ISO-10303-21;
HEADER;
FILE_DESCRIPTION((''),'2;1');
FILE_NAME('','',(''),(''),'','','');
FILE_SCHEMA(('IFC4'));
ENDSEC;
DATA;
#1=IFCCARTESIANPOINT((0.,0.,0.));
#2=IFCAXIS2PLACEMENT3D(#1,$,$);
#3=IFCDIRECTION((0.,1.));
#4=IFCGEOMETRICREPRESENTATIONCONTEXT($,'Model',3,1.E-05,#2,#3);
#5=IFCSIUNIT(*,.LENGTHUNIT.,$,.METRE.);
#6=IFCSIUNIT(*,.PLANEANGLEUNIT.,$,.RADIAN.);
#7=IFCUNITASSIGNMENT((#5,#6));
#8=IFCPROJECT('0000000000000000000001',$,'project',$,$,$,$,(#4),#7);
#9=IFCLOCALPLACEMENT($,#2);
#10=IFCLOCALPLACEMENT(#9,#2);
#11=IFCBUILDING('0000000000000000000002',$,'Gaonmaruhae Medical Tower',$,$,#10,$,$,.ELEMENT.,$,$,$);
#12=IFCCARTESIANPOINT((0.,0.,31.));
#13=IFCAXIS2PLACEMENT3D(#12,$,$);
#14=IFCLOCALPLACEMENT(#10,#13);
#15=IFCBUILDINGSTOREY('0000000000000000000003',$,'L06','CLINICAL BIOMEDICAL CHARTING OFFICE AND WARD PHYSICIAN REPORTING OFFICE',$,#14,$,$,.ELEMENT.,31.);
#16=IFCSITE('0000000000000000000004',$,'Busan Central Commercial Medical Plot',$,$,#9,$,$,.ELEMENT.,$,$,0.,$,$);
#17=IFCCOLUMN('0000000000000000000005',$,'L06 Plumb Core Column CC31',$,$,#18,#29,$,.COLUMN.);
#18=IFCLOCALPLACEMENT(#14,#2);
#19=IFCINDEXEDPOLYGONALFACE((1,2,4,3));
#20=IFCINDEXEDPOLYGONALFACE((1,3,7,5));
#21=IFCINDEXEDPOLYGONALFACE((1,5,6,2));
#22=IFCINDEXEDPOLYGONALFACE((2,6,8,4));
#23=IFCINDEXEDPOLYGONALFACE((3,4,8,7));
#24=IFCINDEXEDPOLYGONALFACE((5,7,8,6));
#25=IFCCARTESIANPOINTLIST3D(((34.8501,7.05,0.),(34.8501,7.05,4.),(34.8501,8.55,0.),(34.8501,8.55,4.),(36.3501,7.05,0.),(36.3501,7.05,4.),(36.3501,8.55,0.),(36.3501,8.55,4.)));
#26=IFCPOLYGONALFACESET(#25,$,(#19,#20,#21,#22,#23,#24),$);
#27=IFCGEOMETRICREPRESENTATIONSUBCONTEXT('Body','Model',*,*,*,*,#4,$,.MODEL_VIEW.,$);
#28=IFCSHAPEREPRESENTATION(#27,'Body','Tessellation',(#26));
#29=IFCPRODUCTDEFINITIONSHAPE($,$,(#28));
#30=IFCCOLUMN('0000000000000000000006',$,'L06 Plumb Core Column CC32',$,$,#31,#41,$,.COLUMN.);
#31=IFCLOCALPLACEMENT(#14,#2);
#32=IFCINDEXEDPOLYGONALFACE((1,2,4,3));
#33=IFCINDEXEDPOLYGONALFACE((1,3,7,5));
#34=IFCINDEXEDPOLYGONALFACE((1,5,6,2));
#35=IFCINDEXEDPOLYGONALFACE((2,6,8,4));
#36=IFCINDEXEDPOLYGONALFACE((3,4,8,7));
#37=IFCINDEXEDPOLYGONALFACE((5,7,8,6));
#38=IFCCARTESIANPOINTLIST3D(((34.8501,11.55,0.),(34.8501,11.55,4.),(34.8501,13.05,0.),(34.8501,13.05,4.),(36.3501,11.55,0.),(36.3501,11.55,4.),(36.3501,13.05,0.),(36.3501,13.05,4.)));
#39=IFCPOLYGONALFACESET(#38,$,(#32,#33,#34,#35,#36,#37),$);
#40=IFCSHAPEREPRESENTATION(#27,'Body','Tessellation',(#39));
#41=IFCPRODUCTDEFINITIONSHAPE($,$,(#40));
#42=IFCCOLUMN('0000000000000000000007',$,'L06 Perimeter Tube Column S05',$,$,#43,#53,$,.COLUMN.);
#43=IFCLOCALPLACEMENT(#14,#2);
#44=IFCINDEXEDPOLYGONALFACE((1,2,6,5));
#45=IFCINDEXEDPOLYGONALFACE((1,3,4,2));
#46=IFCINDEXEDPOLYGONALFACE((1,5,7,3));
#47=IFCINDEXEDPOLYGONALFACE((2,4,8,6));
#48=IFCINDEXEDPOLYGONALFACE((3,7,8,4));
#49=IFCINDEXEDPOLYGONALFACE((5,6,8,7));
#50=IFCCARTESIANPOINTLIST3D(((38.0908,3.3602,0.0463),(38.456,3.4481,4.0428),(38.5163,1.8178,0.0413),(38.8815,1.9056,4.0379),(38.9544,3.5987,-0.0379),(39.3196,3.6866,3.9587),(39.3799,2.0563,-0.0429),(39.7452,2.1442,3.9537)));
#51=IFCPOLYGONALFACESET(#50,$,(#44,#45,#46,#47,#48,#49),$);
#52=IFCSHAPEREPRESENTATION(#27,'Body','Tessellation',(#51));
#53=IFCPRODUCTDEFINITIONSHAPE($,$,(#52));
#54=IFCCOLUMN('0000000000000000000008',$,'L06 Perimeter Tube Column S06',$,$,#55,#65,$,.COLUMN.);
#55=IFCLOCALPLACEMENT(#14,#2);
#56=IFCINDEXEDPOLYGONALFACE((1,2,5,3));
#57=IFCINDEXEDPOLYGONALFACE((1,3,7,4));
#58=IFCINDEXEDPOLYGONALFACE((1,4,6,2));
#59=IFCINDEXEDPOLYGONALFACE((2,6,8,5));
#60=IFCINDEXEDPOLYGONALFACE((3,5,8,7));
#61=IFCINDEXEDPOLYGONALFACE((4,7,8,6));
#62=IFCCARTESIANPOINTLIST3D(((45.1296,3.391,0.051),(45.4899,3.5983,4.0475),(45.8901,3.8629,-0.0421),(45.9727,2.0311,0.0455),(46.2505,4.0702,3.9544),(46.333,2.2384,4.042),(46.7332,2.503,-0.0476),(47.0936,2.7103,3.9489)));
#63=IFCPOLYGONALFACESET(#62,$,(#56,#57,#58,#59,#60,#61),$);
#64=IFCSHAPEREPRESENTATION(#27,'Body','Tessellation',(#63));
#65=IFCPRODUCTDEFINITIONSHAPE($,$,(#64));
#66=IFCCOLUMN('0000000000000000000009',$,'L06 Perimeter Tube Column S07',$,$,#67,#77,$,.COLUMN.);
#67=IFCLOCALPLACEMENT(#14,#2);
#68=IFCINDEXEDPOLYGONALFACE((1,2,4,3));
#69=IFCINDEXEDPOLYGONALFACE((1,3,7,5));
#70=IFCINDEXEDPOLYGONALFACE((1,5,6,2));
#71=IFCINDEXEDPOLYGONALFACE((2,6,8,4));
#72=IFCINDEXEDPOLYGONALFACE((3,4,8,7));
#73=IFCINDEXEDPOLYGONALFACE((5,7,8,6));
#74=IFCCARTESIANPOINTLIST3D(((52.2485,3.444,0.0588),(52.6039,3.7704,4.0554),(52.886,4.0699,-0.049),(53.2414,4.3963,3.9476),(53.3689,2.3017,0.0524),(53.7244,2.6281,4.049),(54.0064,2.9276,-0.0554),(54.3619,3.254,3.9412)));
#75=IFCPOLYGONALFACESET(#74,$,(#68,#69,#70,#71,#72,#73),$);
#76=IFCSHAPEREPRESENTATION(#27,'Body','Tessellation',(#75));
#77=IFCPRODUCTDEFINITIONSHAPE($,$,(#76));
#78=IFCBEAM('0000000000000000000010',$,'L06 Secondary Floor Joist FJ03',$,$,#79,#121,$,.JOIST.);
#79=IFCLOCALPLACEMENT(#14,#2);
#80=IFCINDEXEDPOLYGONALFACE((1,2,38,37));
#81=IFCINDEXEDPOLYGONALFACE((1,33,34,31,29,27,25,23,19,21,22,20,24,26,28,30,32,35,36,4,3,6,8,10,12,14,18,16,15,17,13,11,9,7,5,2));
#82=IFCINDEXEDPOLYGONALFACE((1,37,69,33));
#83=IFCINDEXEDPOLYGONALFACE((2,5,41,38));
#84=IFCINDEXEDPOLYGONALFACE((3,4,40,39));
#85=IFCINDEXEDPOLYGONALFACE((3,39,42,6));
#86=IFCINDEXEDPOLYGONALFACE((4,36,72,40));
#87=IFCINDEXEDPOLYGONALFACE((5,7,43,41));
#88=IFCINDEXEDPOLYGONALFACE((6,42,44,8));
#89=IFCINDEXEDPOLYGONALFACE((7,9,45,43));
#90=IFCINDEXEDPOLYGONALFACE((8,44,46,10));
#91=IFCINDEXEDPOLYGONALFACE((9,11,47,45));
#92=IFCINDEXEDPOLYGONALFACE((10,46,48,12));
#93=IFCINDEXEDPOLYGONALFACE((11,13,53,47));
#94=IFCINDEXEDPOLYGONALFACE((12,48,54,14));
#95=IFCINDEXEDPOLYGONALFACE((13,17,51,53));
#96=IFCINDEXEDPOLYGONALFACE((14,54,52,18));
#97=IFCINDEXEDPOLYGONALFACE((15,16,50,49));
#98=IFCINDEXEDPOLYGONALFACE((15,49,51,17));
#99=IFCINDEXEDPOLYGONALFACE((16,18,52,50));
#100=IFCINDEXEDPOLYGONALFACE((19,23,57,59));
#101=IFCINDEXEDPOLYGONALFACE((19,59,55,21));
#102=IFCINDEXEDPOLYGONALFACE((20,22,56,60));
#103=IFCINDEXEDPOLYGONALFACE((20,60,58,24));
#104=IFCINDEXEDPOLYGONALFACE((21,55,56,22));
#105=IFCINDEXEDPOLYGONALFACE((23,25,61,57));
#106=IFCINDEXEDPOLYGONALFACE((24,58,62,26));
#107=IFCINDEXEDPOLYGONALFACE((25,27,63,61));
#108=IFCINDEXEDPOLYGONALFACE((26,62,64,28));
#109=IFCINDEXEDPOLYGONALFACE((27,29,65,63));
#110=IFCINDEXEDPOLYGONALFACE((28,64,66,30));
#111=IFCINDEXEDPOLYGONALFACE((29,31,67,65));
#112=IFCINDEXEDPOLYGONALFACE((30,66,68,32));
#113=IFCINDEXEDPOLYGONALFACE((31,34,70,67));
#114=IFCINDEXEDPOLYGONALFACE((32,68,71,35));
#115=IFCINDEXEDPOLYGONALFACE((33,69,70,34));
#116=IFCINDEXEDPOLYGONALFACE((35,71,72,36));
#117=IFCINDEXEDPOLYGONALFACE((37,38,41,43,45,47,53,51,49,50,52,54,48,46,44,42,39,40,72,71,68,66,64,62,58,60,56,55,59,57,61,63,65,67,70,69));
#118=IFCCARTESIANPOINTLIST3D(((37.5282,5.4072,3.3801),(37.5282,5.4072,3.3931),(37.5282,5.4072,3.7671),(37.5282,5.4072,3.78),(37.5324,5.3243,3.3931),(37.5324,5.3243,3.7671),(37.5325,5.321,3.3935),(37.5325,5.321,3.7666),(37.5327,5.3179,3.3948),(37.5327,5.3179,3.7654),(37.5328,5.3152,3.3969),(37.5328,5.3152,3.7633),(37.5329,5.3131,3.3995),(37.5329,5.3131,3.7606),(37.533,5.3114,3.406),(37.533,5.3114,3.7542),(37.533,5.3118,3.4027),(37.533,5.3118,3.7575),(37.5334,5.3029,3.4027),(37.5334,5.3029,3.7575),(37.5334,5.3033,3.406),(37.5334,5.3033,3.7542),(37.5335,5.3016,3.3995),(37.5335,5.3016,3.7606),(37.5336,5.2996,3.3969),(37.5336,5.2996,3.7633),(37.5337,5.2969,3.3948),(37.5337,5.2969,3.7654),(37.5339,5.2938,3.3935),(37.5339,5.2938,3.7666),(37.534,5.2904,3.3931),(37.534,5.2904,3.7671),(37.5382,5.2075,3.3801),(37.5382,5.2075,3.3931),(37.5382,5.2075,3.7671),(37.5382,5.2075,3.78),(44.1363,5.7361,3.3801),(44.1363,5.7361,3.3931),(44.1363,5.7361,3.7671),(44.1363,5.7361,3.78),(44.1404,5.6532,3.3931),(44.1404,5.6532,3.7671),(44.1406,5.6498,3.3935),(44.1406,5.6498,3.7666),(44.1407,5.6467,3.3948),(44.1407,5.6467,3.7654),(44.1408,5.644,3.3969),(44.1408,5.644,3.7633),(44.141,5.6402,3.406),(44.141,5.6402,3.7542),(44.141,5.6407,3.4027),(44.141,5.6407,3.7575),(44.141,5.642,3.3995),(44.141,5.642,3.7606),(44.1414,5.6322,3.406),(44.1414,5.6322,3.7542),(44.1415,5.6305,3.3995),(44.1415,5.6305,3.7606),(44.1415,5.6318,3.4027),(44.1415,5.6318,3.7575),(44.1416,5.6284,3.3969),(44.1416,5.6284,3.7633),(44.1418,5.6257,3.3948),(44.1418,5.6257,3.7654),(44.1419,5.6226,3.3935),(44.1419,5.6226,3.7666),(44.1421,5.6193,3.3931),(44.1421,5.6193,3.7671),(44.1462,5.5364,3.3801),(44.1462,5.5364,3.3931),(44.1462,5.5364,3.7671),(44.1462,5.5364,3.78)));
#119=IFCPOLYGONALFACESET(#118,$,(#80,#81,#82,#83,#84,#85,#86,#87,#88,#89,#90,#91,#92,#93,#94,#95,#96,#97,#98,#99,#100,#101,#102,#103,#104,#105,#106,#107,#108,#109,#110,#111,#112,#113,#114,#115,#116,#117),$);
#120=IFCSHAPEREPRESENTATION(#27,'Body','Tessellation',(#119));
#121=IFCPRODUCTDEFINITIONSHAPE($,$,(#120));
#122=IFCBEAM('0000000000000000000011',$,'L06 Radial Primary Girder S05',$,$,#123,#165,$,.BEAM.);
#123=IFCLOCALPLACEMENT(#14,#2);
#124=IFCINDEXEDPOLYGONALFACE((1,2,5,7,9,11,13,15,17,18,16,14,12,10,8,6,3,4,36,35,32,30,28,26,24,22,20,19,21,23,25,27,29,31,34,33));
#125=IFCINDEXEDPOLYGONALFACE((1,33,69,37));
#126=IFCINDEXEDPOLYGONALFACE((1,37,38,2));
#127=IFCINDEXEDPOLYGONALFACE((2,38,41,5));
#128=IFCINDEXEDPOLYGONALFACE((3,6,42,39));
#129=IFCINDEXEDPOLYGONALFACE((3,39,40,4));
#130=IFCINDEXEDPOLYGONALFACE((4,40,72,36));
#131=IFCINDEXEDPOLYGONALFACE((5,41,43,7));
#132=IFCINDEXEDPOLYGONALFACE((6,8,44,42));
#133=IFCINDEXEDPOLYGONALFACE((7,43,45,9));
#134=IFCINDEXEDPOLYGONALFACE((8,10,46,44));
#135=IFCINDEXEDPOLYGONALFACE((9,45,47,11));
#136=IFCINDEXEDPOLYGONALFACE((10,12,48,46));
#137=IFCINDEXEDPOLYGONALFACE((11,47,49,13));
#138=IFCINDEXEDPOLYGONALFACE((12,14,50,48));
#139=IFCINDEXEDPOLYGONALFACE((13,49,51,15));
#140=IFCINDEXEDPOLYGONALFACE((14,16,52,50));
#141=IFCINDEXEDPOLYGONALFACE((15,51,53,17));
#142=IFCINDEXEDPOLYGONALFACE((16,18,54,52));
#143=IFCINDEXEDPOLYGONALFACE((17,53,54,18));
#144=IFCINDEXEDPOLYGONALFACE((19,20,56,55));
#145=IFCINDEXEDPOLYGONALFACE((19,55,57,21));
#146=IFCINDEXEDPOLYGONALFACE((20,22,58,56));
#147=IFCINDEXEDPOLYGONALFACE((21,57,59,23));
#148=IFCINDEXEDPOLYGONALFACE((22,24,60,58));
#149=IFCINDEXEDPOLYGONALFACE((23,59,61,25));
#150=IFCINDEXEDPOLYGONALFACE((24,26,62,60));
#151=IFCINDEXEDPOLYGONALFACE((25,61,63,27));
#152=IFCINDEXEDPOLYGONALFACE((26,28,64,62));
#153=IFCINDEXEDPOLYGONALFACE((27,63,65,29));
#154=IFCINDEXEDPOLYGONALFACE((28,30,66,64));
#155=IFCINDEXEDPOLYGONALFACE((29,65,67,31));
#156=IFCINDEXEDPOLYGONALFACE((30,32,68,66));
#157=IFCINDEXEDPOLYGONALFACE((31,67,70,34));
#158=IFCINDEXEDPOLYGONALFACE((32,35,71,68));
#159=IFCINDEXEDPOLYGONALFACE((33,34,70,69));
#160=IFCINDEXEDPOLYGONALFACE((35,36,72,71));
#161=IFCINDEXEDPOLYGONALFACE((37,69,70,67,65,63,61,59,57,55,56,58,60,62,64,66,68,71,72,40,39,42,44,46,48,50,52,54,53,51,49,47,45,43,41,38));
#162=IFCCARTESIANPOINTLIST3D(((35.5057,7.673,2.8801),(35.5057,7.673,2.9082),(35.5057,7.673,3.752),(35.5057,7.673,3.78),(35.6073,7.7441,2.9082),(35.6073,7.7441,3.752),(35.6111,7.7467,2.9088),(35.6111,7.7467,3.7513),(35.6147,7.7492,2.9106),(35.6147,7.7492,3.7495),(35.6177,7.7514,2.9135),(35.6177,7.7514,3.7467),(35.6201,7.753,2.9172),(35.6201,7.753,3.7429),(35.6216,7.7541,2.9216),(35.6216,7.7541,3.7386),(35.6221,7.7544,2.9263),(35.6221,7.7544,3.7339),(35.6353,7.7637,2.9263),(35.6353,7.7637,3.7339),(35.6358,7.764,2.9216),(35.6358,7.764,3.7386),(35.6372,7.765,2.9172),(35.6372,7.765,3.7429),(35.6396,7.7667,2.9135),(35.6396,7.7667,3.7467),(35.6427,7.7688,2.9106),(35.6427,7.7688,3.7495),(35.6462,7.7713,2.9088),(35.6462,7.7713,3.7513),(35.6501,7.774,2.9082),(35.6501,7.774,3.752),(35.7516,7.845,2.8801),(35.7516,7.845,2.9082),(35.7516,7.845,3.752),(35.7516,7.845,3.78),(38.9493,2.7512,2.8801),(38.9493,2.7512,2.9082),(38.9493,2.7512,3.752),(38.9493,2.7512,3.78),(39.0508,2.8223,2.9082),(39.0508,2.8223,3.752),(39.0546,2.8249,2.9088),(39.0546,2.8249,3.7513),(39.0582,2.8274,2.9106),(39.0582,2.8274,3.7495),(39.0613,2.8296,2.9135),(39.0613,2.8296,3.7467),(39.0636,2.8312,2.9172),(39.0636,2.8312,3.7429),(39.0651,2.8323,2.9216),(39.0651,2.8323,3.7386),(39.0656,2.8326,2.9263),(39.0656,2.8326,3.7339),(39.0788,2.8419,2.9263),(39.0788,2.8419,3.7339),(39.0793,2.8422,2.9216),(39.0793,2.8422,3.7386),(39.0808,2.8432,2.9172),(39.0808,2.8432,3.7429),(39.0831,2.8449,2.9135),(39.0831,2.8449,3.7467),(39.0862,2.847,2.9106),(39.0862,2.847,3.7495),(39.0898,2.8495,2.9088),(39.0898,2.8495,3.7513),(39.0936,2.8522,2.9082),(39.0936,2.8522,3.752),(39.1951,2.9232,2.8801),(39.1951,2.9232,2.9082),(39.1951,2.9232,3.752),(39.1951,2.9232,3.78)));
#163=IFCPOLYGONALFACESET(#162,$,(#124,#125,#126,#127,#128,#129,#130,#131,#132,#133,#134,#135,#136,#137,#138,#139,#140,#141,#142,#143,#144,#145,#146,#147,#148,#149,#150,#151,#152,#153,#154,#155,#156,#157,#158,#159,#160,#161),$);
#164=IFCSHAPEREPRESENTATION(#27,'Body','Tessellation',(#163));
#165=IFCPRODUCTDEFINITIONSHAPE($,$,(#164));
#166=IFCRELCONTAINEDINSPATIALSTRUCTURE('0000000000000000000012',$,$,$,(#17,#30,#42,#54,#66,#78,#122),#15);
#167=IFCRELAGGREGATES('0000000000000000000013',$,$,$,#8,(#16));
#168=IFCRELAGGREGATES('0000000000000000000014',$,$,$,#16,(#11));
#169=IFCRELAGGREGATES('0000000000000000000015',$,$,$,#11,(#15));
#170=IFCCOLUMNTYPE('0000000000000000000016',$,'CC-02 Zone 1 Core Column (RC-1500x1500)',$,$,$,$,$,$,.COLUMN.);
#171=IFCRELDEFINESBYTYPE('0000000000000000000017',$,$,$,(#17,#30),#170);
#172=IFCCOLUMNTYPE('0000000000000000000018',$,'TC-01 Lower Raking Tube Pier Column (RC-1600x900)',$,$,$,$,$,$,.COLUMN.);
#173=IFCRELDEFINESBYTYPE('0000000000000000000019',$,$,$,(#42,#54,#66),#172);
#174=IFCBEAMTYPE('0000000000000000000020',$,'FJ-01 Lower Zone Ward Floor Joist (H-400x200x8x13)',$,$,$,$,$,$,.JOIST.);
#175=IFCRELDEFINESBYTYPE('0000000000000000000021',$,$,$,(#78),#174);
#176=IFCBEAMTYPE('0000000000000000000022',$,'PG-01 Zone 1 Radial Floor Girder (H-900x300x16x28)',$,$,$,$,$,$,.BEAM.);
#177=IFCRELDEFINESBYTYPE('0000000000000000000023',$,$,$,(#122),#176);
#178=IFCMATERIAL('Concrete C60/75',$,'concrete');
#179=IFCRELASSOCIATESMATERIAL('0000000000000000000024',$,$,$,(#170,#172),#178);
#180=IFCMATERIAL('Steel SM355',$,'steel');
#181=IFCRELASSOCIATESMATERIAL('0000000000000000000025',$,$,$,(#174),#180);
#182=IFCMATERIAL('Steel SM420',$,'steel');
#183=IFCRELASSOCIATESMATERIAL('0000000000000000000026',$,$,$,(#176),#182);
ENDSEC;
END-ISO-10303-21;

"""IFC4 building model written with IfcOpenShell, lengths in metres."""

from ifc_helpers import new_model, si_unit, direction, frame, origin, origin_2d, place, context, subcontext, project, spatial, rectangle, i_section, extrude, material, material_profile, profile_set, type_object, element, save


model = new_model("IFC4")

# Units and contexts
model_context = context("Model", 3, precision=1e-05, world=origin(), true_north=direction((0.0, 1.0)))
body_context = subcontext(model_context, "Body", "Model", "MODEL_VIEW")
ifc_project = project(units=[si_unit("LENGTHUNIT", "METRE"), si_unit("PLANEANGLEUNIT", "RADIAN")], contexts=[model_context])

# Site, building, storey
site_placement = place(None, origin())
site = spatial("IfcSite", under=ifc_project, at=site_placement, Name="Busan Central Commercial Medical Plot", CompositionType="ELEMENT", RefElevation=0.0)
building_placement = place(site_placement, origin())
building = spatial("IfcBuilding", under=site, at=building_placement, Name="Gaonmaruhae Medical Tower", CompositionType="ELEMENT")
storey_placement = place(building_placement, frame((0.0, 0.0, 31.0)))
storey = spatial("IfcBuildingStorey", under=building, at=storey_placement, Name="L06", Description="CLINICAL BIOMEDICAL CHARTING OFFICE AND WARD PHYSICIAN REPORTING OFFICE", CompositionType="ELEMENT", Elevation=31.0)

# Columns
ifc_material_1 = material(Name="Concrete C60/75", Category="concrete")
ifc_material_profile_1 = material_profile(ifc_material_1, rectangle(XDim=1.5, YDim=1.5, at=origin_2d()), Name="RC-1500x1500")
ifc_profile_set_1 = profile_set([ifc_material_profile_1], Name="Concrete C60/75")
column_type_1 = type_object("IfcColumnType", Name="CC-02 Zone 1 Core Column (RC-1500x1500)", PredefinedType="COLUMN", material=ifc_profile_set_1)
for number, where, z_axis, x_axis, name in (
    (1, (35.6001, 7.8, 0.0), (0.0, 0.0, 1.0), (1.0, 0.0, 0.0), "L06 Plumb Core Column CC31"),
    (2, (35.6001, 12.3, 0.0), (0.0, 0.0, 1.0), (1.0, 0.0, 0.0), "L06 Plumb Core Column CC32"),
):
    element("IfcColumn", number, at=place(storey_placement, frame(where, z_axis=z_axis, x_axis=x_axis)), inside=storey, type_object=column_type_1, Name=name, PredefinedType="COLUMN", context=body_context, shape_type="SweptSolid", body=[
        extrude(rectangle(XDim=1.5, YDim=1.5, at=origin_2d()), origin(), (0.0, 0.0, 1.0), 4.0),
    ])
ifc_material_profile_2 = material_profile(ifc_material_1, rectangle(XDim=1.6001, YDim=0.8999, at=origin_2d()), Name="RC-1600x900")
ifc_profile_set_2 = profile_set([ifc_material_profile_2], Name="Concrete C60/75")
column_type_2 = type_object("IfcColumnType", Name="TC-01 Lower Raking Tube Pier Column (RC-1600x900)", PredefinedType="COLUMN", material=ifc_profile_set_2)
column_1_placement = place(storey_placement, frame((38.7354, 2.7083, 0.0017), z_axis=(0.090986, 0.021895, 0.995611), x_axis=(-0.265928, 0.963988, 0.003103)))
element("IfcColumn", 3, at=column_1_placement, inside=storey, type_object=column_type_2, Name="L06 Perimeter Tube Column S05", PredefinedType="COLUMN", context=body_context, shape_type="SweptSolid", body=[
    extrude(rectangle(XDim=1.6001, YDim=0.8999, at=origin_2d()), origin(), (0.0, 0.0, 1.0), 4.0142),
])
column_2_placement = place(storey_placement, frame((45.9314, 2.947, 0.0017), z_axis=(0.089681, 0.051585, 0.994634), x_axis=(-0.526915, 0.849911, 0.00343)))
element("IfcColumn", 4, at=column_2_placement, inside=storey, type_object=column_type_2, Name="L06 Perimeter Tube Column S06", PredefinedType="COLUMN", context=body_context, shape_type="SweptSolid", body=[
    extrude(rectangle(XDim=1.6001, YDim=0.8999, at=origin_2d()), origin(), (0.0, 0.0, 1.0), 4.0181),
])
column_3_placement = place(storey_placement, frame((53.1274, 3.1858, 0.0017), z_axis=(0.088302, 0.081085, 0.992788), x_axis=(-0.700239, 0.713898, 0.003975)))
element("IfcColumn", 5, at=column_3_placement, inside=storey, type_object=column_type_2, Name="L06 Perimeter Tube Column S07", PredefinedType="COLUMN", context=body_context, shape_type="SweptSolid", body=[
    extrude(rectangle(XDim=1.6001, YDim=0.8999, at=origin_2d()), origin(), (0.0, 0.0, 1.0), 4.0256),
])

# Beams
ifc_material_2 = material(Name="Steel SM355", Category="steel")
ifc_material_profile_3 = material_profile(ifc_material_2, i_section(OverallWidth=0.2, OverallDepth=0.3999, WebThickness=0.0081, FlangeThickness=0.0129, FilletRadius=0.0129, at=origin_2d()), Name="H-400x200x8x13")
ifc_profile_set_3 = profile_set([ifc_material_profile_3], Name="Steel SM355")
beam_type_1 = type_object("IfcBeamType", Name="FJ-01 Lower Zone Ward Floor Joist (H-400x200x8x13)", PredefinedType="JOIST", material=ifc_profile_set_3)
beam_1_placement = place(storey_placement, frame((37.5332, 5.3074, 3.5801), z_axis=(0.998764, 0.049704, 0.0), x_axis=(-0.049704, 0.998764, 0.0)))
element("IfcBeam", 6, at=beam_1_placement, inside=storey, type_object=beam_type_1, Name="L06 Secondary Floor Joist FJ03", PredefinedType="JOIST", context=body_context, shape_type="SweptSolid", body=[
    extrude(i_section(OverallWidth=0.2, OverallDepth=0.3999, WebThickness=0.0081, FlangeThickness=0.0129, FilletRadius=0.0129, at=origin_2d()), origin(), (0.0, 0.0, 1.0), 6.6162),
])
ifc_material_3 = material(Name="Steel SM420", Category="steel")
ifc_material_profile_4 = material_profile(ifc_material_3, i_section(OverallWidth=0.3, OverallDepth=0.8999, WebThickness=0.0161, FlangeThickness=0.0281, FilletRadius=0.0181, at=origin_2d()), Name="H-900x300x16x28")
ifc_profile_set_4 = profile_set([ifc_material_profile_4], Name="Steel SM420")
beam_type_2 = type_object("IfcBeamType", Name="PG-01 Zone 1 Radial Floor Girder (H-900x300x16x28)", PredefinedType="BEAM", material=ifc_profile_set_4)
beam_2_placement = place(storey_placement, frame((35.6287, 7.759, 3.3301), z_axis=(0.573271, -0.819366, 0.0), x_axis=(0.819366, 0.573271, 0.0)))
element("IfcBeam", 7, at=beam_2_placement, inside=storey, type_object=beam_type_2, Name="L06 Radial Primary Girder S05", PredefinedType="BEAM", context=body_context, shape_type="SweptSolid", body=[
    extrude(i_section(OverallWidth=0.3, OverallDepth=0.8999, WebThickness=0.0161, FlangeThickness=0.0281, FilletRadius=0.0181, at=origin_2d()), origin(), (0.0, 0.0, 1.0), 6.0068),
])

save(model, "model.ifc")
